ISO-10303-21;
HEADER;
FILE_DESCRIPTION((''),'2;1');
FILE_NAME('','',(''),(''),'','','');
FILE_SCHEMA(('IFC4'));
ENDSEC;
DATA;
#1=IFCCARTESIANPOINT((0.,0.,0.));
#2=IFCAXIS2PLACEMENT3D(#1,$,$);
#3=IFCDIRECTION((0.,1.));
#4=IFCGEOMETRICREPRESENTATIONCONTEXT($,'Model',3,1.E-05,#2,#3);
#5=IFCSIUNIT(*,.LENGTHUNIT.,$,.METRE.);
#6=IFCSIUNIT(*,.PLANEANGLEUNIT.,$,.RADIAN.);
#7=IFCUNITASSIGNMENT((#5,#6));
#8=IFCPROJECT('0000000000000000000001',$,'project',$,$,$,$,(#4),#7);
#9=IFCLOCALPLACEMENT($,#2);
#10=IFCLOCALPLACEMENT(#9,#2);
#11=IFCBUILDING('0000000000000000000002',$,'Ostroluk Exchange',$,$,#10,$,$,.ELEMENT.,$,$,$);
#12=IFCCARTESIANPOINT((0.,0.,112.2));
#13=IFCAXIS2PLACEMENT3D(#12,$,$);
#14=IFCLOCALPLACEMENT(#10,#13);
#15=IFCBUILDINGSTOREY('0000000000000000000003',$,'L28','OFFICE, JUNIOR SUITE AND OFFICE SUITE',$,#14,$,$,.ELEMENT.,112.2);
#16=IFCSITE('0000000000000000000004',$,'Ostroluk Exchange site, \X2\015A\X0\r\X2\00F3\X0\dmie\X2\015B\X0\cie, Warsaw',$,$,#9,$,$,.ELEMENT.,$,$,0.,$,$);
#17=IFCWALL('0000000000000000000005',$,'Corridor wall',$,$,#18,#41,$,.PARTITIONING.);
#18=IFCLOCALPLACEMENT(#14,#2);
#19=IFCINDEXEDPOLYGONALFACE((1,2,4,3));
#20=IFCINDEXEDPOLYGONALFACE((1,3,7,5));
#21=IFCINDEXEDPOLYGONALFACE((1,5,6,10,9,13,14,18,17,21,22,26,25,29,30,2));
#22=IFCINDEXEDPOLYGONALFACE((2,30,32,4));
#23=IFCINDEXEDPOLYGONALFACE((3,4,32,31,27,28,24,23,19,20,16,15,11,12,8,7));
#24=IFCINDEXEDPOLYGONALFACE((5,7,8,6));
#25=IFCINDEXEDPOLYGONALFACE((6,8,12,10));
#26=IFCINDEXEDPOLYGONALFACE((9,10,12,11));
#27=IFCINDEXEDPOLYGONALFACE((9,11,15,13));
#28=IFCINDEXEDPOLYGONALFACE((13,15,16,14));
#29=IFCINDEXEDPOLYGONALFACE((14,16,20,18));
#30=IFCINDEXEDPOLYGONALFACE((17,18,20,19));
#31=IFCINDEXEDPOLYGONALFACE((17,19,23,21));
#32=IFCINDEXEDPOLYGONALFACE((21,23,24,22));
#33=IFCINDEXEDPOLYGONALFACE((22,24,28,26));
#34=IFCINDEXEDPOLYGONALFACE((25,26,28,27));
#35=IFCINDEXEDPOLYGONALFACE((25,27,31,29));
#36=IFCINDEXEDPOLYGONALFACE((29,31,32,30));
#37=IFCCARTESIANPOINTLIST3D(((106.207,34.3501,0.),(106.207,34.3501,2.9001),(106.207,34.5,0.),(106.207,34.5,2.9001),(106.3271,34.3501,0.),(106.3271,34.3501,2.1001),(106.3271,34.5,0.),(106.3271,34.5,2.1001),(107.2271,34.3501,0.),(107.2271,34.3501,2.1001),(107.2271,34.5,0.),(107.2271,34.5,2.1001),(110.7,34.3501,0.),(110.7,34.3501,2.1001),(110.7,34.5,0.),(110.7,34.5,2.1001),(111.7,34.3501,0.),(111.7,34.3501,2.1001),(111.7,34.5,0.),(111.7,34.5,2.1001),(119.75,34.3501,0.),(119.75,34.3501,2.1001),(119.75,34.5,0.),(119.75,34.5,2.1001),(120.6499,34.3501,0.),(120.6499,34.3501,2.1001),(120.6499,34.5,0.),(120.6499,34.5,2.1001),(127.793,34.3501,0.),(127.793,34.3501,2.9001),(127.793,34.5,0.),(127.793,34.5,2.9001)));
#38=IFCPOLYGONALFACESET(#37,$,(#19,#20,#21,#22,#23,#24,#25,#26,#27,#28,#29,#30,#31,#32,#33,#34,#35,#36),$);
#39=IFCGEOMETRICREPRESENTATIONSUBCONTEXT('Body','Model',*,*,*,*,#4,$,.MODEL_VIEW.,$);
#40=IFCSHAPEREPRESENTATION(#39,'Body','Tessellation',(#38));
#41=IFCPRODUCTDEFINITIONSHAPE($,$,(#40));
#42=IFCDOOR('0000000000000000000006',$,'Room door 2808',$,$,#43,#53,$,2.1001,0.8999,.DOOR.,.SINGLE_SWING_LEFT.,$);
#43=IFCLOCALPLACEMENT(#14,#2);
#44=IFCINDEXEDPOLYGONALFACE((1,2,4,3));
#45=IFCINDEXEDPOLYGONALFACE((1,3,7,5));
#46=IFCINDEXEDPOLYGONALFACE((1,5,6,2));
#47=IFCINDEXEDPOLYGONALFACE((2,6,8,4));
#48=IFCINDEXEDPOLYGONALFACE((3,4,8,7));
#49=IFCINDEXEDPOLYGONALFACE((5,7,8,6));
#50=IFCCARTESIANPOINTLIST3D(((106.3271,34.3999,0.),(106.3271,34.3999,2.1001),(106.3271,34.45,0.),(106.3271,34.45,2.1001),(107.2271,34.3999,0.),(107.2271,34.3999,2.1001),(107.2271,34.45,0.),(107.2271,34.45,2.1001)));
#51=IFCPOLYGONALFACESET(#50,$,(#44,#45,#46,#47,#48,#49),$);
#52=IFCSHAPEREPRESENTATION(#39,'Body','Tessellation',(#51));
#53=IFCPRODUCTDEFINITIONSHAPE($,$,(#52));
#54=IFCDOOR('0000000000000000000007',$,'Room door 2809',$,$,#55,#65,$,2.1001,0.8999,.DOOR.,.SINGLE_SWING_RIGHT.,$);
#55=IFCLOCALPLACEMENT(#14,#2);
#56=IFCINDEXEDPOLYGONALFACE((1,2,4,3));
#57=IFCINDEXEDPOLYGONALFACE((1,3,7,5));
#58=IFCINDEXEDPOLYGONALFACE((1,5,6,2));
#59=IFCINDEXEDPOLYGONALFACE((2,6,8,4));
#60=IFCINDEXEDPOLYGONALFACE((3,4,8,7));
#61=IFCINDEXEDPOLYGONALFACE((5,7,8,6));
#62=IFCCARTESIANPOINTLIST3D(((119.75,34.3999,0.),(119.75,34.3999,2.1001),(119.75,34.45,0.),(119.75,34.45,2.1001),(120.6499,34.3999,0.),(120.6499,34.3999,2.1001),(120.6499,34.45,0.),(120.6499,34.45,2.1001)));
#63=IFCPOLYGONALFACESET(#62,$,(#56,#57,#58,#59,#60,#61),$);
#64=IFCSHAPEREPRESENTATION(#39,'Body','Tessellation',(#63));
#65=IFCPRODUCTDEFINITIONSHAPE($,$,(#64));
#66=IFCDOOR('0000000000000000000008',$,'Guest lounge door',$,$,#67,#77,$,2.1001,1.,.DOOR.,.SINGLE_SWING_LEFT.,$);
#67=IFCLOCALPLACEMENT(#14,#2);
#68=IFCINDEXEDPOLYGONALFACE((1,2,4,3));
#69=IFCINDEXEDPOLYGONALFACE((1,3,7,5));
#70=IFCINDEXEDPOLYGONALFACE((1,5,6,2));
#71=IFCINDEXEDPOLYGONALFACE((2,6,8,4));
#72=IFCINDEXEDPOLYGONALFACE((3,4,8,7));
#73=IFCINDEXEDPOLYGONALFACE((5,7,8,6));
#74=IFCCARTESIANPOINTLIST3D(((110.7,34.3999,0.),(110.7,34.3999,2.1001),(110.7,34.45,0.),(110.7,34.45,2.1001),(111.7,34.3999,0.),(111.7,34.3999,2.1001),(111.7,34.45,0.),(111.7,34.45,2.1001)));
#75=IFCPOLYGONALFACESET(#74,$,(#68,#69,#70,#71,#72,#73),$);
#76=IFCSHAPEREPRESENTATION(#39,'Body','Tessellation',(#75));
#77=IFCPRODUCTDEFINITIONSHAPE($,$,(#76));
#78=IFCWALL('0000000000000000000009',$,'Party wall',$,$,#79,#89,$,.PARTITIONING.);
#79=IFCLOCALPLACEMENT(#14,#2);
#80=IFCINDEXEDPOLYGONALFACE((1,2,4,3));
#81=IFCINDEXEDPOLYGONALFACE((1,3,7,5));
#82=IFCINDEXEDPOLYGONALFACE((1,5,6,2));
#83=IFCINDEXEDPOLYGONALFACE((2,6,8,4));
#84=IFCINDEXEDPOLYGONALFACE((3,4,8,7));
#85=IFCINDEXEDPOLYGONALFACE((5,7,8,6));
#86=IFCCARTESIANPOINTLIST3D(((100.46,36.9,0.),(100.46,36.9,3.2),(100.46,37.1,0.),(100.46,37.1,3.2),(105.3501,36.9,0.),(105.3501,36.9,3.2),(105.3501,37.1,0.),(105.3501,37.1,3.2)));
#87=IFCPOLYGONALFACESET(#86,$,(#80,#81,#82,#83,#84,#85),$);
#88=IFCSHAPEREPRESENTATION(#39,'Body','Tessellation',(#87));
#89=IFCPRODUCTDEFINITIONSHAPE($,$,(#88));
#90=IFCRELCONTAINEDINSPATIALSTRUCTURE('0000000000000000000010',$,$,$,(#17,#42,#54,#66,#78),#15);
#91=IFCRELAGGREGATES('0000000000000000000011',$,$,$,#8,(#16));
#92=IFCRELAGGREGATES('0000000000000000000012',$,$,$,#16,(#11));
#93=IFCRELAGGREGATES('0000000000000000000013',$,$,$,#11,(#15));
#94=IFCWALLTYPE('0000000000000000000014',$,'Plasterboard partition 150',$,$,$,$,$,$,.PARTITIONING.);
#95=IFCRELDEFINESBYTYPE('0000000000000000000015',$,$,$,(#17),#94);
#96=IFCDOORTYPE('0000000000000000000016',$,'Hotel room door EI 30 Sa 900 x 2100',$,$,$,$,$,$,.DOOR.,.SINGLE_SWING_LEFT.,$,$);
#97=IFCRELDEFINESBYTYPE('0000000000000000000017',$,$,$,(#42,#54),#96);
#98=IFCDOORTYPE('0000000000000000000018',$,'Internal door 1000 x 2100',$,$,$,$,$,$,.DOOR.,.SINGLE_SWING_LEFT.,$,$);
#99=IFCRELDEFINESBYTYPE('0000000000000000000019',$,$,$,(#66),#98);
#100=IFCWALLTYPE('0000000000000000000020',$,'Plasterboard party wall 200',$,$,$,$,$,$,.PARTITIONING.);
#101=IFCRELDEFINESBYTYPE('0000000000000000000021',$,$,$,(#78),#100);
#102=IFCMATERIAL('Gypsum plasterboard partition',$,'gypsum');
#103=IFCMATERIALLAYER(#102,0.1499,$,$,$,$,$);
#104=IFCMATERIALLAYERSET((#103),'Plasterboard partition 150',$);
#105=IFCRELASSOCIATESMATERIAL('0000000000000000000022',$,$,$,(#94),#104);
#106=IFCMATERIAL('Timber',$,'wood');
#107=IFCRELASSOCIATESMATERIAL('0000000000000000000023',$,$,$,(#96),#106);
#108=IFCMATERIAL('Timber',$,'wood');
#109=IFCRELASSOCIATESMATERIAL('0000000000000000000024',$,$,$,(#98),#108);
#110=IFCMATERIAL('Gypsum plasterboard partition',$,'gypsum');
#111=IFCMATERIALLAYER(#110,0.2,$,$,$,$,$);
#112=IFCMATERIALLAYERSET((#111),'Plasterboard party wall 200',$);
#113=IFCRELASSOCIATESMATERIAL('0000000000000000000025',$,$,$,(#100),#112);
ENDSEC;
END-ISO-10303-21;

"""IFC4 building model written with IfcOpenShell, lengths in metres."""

from ifc_helpers import new_model, si_unit, direction, frame, frame_2d, origin, place, context, subcontext, project, spatial, rectangle, extrude, material, layer, layer_set, type_object, element, fill, save


model = new_model("IFC4")

# Units and contexts
model_context = context("Model", 3, precision=1e-05, world=origin(), true_north=direction((0.0, 1.0)))
body_context = subcontext(model_context, "Body", "Model", "MODEL_VIEW")
ifc_project = project(units=[si_unit("LENGTHUNIT", "METRE"), si_unit("PLANEANGLEUNIT", "RADIAN")], contexts=[model_context])

# Site, building, storey
site_placement = place(None, origin())
site = spatial("IfcSite", under=ifc_project, at=site_placement, Name="Ostroluk Exchange site, Śródmieście, Warsaw", CompositionType="ELEMENT", RefElevation=0.0)
building_placement = place(site_placement, origin())
building = spatial("IfcBuilding", under=site, at=building_placement, Name="Ostroluk Exchange", CompositionType="ELEMENT")
storey_placement = place(building_placement, frame((0.0, 0.0, 112.2)))
storey = spatial("IfcBuildingStorey", under=building, at=storey_placement, Name="L28", Description="OFFICE, JUNIOR SUITE AND OFFICE SUITE", CompositionType="ELEMENT", Elevation=112.2)

# Wall, openings, doors
ifc_material_1 = material(Name="Gypsum plasterboard partition", Category="gypsum")
ifc_layer_1 = layer(ifc_material_1, 0.1499)
ifc_layer_set_1 = layer_set([ifc_layer_1], Name="Plasterboard partition 150")
wall_type_1 = type_object("IfcWallType", Name="Plasterboard partition 150", PredefinedType="PARTITIONING", material=ifc_layer_set_1)
wall_1_placement = place(storey_placement, frame((106.207, 34.425, 0.0), z_axis=(0.0, 0.0, 1.0), x_axis=(1.0, 0.0, 0.0)))
wall_1 = element("IfcWall", 1, at=wall_1_placement, inside=storey, type_object=wall_type_1, Name="Corridor wall", PredefinedType="PARTITIONING", context=body_context, shape_type="SweptSolid", body=[
    extrude(rectangle(XDim=21.5859, YDim=0.1499, at=frame_2d((10.793, 0.0))), origin(), (0.0, 0.0, 1.0), 2.9001),
])
opening_1_placement = place(wall_1_placement, frame((0.1201, 0.0, 0.0)))
opening_1 = element("IfcOpeningElement", 2, at=opening_1_placement, cuts=wall_1, PredefinedType="OPENING", context=body_context, shape_type="SweptSolid", body=[
    extrude(rectangle(XDim=0.8999, YDim=2.1001, at=frame_2d((0.45, 1.05))), frame((0.0, 0.085, 0.0), z_axis=(0.0, -1.0, 0.0), x_axis=(1.0, 0.0, 0.0)), (0.0, 0.0, 1.0), 0.1699),
])
opening_2_placement = place(wall_1_placement, frame((4.4929, 0.0, 0.0)))
opening_2 = element("IfcOpeningElement", 3, at=opening_2_placement, cuts=wall_1, PredefinedType="OPENING", context=body_context, shape_type="SweptSolid", body=[
    extrude(rectangle(XDim=1.0, YDim=2.1001, at=frame_2d((0.5, 1.05))), frame((0.0, 0.085, 0.0), z_axis=(0.0, -1.0, 0.0), x_axis=(1.0, 0.0, 0.0)), (0.0, 0.0, 1.0), 0.1699),
])
opening_3_placement = place(wall_1_placement, frame((13.543, 0.0, 0.0)))
opening_3 = element("IfcOpeningElement", 4, at=opening_3_placement, cuts=wall_1, PredefinedType="OPENING", context=body_context, shape_type="SweptSolid", body=[
    extrude(rectangle(XDim=0.8999, YDim=2.1001, at=frame_2d((0.45, 1.05))), frame((0.0, 0.085, 0.0), z_axis=(0.0, -1.0, 0.0), x_axis=(1.0, 0.0, 0.0)), (0.0, 0.0, 1.0), 0.1699),
])
ifc_material_2 = material(Name="Timber", Category="wood")
door_type_1 = type_object("IfcDoorType", Name="Hotel room door EI 30 Sa 900 x 2100", OperationType="SINGLE_SWING_LEFT", PredefinedType="DOOR", material=ifc_material_2)
door_1_placement = place(opening_1_placement, origin())
door_1 = element("IfcDoor", 5, at=door_1_placement, inside=storey, type_object=door_type_1, Name="Room door 2808", OperationType="SINGLE_SWING_LEFT", OverallHeight=2.1001, OverallWidth=0.8999, PredefinedType="DOOR", context=body_context, shape_type="SweptSolid", body=[
    extrude(rectangle(XDim=0.8999, YDim=2.1001, at=frame_2d((0.45, 1.05))), frame((0.0, 0.0249, 0.0), z_axis=(0.0, -1.0, 0.0), x_axis=(1.0, 0.0, 0.0)), (0.0, 0.0, 1.0), 0.05),
])
fill(opening_1, door_1)
door_2_placement = place(opening_3_placement, origin())
door_2 = element("IfcDoor", 6, at=door_2_placement, inside=storey, type_object=door_type_1, Name="Room door 2809", OperationType="SINGLE_SWING_RIGHT", OverallHeight=2.1001, OverallWidth=0.8999, PredefinedType="DOOR", context=body_context, shape_type="SweptSolid", body=[
    extrude(rectangle(XDim=0.8999, YDim=2.1001, at=frame_2d((0.45, 1.05))), frame((0.0, 0.0249, 0.0), z_axis=(0.0, -1.0, 0.0), x_axis=(1.0, 0.0, 0.0)), (0.0, 0.0, 1.0), 0.05),
])
fill(opening_3, door_2)
ifc_material_3 = material(Name="Timber", Category="wood")
door_type_2 = type_object("IfcDoorType", Name="Internal door 1000 x 2100", OperationType="SINGLE_SWING_LEFT", PredefinedType="DOOR", material=ifc_material_3)
door_3_placement = place(opening_2_placement, origin())
door_3 = element("IfcDoor", 7, at=door_3_placement, inside=storey, type_object=door_type_2, Name="Guest lounge door", OperationType="SINGLE_SWING_LEFT", OverallHeight=2.1001, OverallWidth=1.0, PredefinedType="DOOR", context=body_context, shape_type="SweptSolid", body=[
    extrude(rectangle(XDim=1.0, YDim=2.1001, at=frame_2d((0.5, 1.05))), frame((0.0, 0.0249, 0.0), z_axis=(0.0, -1.0, 0.0), x_axis=(1.0, 0.0, 0.0)), (0.0, 0.0, 1.0), 0.05),
])
fill(opening_2, door_3)

# Wall
ifc_material_4 = material(Name="Gypsum plasterboard partition", Category="gypsum")
ifc_layer_2 = layer(ifc_material_4, 0.2)
ifc_layer_set_2 = layer_set([ifc_layer_2], Name="Plasterboard party wall 200")
wall_type_2 = type_object("IfcWallType", Name="Plasterboard party wall 200", PredefinedType="PARTITIONING", material=ifc_layer_set_2)
wall_2_placement = place(storey_placement, frame((105.3501, 37.0, 0.0), z_axis=(0.0, 0.0, 1.0), x_axis=(-1.0, 0.0, 0.0)))
element("IfcWall", 8, at=wall_2_placement, inside=storey, type_object=wall_type_2, Name="Party wall", PredefinedType="PARTITIONING", context=body_context, shape_type="SweptSolid", body=[
    extrude(rectangle(XDim=4.8901, YDim=0.2, at=frame_2d((2.4451, 0.0))), origin(), (0.0, 0.0, 1.0), 3.2),
])

save(model, "model.ifc")
